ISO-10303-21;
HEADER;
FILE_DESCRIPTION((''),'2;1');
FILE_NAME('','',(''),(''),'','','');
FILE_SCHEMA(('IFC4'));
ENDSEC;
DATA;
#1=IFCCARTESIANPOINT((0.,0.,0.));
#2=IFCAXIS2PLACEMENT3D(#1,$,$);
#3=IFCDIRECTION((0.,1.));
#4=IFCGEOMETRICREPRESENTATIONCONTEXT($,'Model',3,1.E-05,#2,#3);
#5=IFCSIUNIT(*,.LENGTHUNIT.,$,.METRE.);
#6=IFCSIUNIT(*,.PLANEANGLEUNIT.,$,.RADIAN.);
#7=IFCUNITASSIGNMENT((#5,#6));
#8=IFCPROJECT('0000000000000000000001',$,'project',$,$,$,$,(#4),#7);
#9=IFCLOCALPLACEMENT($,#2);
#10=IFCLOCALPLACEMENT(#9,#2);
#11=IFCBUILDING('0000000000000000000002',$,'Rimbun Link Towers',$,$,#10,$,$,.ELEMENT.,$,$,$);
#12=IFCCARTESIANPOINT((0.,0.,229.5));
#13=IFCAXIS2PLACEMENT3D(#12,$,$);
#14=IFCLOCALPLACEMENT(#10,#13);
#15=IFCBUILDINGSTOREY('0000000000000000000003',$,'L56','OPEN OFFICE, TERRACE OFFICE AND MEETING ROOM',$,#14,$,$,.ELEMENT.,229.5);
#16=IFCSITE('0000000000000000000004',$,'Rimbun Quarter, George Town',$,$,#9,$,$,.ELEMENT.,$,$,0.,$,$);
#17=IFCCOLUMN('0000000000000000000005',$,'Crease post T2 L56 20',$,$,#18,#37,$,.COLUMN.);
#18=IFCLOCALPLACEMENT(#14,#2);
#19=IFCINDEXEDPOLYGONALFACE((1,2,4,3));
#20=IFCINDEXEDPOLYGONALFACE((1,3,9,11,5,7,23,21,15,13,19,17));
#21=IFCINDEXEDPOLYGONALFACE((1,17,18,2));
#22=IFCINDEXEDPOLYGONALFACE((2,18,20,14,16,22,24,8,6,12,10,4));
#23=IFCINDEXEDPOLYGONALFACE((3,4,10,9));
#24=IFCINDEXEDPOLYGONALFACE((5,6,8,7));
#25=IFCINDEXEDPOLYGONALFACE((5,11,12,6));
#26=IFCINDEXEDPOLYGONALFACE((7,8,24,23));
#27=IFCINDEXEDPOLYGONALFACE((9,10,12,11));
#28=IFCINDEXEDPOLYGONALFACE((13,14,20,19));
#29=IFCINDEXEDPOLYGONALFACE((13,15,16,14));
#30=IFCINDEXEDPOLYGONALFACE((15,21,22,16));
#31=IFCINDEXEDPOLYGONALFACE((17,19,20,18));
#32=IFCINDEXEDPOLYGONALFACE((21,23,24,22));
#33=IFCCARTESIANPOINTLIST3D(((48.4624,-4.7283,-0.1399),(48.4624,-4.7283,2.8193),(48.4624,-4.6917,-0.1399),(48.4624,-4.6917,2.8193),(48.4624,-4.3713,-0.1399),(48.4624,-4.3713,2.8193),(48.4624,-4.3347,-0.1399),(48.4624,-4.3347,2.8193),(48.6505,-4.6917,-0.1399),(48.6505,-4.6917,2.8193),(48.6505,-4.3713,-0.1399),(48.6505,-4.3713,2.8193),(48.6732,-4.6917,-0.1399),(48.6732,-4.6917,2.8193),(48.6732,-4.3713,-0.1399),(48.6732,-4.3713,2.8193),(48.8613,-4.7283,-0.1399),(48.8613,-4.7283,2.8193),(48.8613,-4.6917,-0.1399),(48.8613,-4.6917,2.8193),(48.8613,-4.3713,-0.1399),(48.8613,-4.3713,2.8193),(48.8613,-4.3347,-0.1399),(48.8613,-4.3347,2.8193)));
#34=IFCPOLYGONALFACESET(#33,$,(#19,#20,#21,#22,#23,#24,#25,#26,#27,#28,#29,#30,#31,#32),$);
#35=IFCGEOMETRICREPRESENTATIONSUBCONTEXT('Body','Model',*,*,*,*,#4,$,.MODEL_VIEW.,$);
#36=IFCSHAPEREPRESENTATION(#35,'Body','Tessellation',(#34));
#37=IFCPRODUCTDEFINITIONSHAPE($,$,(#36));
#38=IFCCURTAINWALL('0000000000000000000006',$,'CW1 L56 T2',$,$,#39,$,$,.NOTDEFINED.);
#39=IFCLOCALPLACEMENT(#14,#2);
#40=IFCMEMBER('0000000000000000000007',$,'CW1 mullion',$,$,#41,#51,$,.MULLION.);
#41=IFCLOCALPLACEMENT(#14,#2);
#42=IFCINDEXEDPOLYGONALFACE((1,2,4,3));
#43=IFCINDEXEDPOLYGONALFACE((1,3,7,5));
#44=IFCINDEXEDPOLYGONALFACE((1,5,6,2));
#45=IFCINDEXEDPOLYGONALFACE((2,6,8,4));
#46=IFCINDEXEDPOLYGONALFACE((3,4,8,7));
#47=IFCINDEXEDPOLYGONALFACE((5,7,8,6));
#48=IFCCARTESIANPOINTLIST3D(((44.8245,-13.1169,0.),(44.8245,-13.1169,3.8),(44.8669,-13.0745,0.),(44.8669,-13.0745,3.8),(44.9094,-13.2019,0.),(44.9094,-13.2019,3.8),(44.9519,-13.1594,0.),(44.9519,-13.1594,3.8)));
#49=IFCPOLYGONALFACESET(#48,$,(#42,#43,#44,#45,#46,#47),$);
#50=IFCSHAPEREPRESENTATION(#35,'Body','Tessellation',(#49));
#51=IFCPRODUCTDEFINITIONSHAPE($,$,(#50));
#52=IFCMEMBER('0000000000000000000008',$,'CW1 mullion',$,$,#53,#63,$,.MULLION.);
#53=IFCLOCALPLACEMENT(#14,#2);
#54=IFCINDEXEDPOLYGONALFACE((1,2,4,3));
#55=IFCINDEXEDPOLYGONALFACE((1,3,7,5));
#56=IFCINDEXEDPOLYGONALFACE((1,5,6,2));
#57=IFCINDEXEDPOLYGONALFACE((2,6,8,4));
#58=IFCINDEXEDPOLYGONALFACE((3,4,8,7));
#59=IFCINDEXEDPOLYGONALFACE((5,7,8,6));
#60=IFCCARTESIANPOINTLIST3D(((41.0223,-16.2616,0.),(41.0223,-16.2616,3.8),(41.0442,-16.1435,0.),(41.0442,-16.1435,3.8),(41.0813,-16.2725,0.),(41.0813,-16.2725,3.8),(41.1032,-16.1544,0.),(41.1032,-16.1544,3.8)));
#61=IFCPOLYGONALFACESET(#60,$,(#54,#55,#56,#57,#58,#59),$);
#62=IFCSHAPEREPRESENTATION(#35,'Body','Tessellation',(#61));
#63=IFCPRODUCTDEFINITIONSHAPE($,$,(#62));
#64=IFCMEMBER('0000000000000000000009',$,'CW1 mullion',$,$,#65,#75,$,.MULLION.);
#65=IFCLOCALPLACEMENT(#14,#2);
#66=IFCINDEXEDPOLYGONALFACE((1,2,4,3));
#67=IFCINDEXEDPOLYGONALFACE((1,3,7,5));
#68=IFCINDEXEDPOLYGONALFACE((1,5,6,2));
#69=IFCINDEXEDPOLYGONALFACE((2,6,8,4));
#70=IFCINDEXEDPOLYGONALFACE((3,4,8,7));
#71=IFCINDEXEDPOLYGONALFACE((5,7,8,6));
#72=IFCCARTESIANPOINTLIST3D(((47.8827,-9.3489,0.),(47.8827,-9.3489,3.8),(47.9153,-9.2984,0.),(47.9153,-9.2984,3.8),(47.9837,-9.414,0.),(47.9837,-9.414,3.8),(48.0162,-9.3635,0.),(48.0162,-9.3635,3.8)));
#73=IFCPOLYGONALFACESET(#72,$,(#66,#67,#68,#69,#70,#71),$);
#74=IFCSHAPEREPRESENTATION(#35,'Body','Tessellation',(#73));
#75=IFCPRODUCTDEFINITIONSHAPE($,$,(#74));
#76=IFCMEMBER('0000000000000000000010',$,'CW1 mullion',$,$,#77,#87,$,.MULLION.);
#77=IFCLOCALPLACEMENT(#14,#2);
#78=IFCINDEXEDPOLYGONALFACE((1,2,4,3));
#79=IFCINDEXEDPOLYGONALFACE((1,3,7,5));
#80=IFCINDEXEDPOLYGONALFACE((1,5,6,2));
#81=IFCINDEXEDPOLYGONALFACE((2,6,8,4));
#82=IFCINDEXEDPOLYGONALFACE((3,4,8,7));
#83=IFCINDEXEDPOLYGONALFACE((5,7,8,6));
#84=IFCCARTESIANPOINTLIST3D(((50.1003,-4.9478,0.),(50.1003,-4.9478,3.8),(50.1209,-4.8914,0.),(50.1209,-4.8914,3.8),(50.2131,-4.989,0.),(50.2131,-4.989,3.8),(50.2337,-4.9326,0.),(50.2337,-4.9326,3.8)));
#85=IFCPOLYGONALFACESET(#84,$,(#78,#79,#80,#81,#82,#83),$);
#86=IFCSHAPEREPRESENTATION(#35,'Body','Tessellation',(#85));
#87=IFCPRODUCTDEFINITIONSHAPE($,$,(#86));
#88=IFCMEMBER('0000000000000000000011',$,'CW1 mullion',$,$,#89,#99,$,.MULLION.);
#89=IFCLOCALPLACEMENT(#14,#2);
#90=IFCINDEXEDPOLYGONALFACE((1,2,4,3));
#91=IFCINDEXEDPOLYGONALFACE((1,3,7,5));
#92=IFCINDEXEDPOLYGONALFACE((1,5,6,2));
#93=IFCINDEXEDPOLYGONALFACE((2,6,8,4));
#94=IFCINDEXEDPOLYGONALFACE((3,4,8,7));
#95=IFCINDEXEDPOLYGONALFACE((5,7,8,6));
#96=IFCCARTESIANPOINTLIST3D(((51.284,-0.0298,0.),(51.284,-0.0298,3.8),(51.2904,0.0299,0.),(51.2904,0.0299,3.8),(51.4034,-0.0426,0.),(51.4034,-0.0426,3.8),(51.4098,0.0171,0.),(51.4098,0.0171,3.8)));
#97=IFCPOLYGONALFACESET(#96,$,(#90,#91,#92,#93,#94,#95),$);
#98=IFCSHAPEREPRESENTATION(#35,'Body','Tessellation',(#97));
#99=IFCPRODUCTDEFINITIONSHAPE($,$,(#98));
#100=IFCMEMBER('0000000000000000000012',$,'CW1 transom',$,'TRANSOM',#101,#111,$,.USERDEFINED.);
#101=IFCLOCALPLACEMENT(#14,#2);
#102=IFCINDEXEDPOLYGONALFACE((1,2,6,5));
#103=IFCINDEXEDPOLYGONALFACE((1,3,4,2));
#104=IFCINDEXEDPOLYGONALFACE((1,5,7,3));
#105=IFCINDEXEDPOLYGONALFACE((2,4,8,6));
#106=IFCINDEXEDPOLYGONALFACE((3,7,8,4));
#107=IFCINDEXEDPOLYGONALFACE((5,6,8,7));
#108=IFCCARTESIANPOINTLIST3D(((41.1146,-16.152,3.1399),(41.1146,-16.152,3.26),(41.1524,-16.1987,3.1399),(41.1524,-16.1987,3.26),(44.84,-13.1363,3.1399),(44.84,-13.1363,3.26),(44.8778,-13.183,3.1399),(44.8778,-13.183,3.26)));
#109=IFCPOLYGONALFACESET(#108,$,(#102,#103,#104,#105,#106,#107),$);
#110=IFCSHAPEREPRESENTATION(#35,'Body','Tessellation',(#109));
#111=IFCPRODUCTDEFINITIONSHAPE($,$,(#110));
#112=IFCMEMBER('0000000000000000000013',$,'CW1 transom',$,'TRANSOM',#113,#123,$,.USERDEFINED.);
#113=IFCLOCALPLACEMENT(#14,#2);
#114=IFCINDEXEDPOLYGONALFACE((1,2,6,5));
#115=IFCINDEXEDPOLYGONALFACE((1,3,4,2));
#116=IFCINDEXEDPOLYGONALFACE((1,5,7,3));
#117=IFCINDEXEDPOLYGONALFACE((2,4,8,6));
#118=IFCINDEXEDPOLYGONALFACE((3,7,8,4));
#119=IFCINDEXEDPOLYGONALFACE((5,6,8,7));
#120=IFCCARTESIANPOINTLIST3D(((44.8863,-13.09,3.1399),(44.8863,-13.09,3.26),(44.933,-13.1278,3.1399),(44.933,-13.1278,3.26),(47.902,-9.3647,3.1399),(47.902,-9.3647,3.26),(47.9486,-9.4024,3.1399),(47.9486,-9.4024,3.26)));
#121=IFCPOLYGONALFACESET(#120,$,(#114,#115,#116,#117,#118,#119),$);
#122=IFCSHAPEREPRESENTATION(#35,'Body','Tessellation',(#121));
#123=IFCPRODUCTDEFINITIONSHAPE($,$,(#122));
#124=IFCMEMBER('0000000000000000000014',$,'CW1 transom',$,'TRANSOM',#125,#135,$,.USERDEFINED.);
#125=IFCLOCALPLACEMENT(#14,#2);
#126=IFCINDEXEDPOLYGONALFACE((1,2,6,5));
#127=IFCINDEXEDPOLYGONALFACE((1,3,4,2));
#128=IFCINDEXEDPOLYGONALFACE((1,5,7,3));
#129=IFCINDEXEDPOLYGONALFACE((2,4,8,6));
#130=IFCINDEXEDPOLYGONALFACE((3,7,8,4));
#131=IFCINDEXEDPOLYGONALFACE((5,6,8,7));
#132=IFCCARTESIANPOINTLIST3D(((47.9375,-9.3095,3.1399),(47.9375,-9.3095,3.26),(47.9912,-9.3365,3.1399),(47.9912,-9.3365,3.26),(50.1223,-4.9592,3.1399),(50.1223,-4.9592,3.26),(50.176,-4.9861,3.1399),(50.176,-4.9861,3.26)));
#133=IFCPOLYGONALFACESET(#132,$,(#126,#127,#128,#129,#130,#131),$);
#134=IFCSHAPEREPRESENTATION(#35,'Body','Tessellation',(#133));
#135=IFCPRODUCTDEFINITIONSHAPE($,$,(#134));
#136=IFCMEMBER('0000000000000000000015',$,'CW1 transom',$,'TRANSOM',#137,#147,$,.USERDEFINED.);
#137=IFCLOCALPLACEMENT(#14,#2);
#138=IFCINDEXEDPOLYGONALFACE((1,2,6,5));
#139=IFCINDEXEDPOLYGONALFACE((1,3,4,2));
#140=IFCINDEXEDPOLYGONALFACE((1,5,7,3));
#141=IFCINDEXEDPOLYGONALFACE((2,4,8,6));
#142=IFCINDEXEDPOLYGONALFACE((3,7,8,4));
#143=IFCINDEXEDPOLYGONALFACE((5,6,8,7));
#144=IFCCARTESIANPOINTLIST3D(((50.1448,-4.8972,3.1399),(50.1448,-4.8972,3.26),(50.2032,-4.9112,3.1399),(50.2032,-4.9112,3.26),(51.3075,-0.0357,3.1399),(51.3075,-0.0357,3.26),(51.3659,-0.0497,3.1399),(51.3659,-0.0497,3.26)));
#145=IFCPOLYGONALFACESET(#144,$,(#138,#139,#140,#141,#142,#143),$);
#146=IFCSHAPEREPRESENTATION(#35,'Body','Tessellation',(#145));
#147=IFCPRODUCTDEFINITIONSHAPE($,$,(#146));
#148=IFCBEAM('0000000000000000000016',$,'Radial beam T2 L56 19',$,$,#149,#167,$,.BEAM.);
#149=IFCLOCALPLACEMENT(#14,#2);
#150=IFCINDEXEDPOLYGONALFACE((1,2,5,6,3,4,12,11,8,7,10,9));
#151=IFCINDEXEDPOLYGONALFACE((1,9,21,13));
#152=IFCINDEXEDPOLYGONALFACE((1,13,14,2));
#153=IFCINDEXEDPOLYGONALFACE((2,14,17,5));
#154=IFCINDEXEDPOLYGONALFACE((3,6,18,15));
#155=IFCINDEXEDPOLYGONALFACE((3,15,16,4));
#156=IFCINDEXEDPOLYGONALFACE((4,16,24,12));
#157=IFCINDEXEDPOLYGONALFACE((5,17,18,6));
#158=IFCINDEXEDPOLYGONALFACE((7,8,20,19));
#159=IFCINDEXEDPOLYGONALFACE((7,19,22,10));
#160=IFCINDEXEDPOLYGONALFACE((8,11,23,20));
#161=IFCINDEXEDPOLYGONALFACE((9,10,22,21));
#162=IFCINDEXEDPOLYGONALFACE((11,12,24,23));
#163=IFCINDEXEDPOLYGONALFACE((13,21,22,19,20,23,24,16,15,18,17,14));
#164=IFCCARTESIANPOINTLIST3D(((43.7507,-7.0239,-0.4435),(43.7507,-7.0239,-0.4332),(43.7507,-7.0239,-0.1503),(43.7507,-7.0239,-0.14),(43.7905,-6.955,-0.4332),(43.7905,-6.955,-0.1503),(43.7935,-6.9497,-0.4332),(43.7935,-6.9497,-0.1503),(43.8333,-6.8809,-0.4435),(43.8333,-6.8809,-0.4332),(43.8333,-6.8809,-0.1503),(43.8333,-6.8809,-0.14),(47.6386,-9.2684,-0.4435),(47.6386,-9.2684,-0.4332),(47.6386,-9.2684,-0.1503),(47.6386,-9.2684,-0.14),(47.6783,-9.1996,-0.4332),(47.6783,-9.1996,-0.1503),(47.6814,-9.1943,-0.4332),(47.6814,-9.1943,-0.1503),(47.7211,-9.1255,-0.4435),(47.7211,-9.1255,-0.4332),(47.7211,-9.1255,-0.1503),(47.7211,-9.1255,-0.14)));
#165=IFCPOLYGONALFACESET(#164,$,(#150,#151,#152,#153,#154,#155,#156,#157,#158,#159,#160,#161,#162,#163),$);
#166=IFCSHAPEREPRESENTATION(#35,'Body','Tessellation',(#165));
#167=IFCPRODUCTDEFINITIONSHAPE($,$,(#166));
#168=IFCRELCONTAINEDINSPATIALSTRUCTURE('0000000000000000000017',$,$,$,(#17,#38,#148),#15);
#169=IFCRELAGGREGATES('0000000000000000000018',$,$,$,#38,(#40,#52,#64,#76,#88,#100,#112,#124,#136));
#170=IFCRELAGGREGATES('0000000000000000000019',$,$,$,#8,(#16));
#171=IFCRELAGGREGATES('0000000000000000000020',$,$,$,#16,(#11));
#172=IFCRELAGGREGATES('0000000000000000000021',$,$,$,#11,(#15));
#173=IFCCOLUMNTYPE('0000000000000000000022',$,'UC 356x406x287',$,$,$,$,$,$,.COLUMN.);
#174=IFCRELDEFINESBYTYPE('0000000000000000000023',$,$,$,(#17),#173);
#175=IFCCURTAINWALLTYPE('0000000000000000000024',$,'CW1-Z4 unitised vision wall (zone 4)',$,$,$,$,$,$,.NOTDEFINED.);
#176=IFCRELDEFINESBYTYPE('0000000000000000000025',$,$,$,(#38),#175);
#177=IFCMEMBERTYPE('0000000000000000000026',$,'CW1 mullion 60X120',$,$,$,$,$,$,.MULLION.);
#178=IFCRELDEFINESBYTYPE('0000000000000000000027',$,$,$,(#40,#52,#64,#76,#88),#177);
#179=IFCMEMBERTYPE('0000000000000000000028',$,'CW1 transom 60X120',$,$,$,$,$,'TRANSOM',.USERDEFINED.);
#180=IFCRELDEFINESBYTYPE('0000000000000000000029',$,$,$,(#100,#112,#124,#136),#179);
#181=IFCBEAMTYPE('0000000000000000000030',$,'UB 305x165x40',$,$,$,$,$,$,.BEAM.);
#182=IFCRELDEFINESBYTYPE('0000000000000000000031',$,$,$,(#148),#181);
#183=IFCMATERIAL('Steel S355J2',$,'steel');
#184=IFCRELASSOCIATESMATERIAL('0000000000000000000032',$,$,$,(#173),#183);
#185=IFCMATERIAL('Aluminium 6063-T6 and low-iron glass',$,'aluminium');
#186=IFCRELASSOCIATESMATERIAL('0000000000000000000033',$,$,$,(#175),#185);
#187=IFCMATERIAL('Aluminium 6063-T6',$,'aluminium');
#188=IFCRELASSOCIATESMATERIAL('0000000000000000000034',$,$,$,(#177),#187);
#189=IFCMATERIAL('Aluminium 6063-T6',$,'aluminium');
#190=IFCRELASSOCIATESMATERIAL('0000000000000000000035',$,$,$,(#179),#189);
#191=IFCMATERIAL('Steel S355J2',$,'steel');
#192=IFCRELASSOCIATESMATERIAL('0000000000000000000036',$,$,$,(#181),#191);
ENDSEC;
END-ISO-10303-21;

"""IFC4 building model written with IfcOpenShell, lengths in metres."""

from ifc_helpers import new_model, si_unit, direction, frame, origin, origin_2d, place, context, subcontext, project, spatial, rectangle, i_section, extrude, material, material_profile, profile_set, type_object, element, aggregate, save


model = new_model("IFC4")

# Units and contexts
model_context = context("Model", 3, precision=1e-05, world=origin(), true_north=direction((0.0, 1.0)))
body_context = subcontext(model_context, "Body", "Model", "MODEL_VIEW")
ifc_project = project(units=[si_unit("LENGTHUNIT", "METRE"), si_unit("PLANEANGLEUNIT", "RADIAN")], contexts=[model_context])

# Site, building, storey
site_placement = place(None, origin())
site = spatial("IfcSite", under=ifc_project, at=site_placement, Name="Rimbun Quarter, George Town", CompositionType="ELEMENT", RefElevation=0.0)
building_placement = place(site_placement, origin())
building = spatial("IfcBuilding", under=site, at=building_placement, Name="Rimbun Link Towers", CompositionType="ELEMENT")
storey_placement = place(building_placement, frame((0.0, 0.0, 229.5)))
storey = spatial("IfcBuildingStorey", under=building, at=storey_placement, Name="L56", Description="OPEN OFFICE, TERRACE OFFICE AND MEETING ROOM", CompositionType="ELEMENT", Elevation=229.5)

# Column
ifc_material_1 = material(Name="Steel S355J2", Category="steel")
ifc_material_profile_1 = material_profile(ifc_material_1, i_section(OverallWidth=0.3989, OverallDepth=0.3936, WebThickness=0.0227, FlangeThickness=0.0366, at=origin_2d()), Name="UC 356x406x287")
ifc_profile_set_1 = profile_set([ifc_material_profile_1], Name="Steel S355J2")
column_type = type_object("IfcColumnType", Name="UC 356x406x287", PredefinedType="COLUMN", material=ifc_profile_set_1)
column_placement = place(storey_placement, frame((48.6619, -4.5315, -0.1399), z_axis=(0.0, 0.0, 1.0), x_axis=(1.0, 0.0, 0.0)))
element("IfcColumn", 1, at=column_placement, inside=storey, type_object=column_type, Name="Crease post T2 L56 20", PredefinedType="COLUMN", context=body_context, shape_type="SweptSolid", body=[
    extrude(i_section(OverallWidth=0.3989, OverallDepth=0.3936, WebThickness=0.0227, FlangeThickness=0.0366, at=origin_2d()), origin(), (0.0, 0.0, 1.0), 2.9592),
])

# Curtain wall, members
ifc_material_2 = material(Name="Aluminium 6063-T6 and low-iron glass", Category="aluminium")
curtain_wall_type = type_object("IfcCurtainWallType", Name="CW1-Z4 unitised vision wall (zone 4)", PredefinedType="NOTDEFINED", material=ifc_material_2)
curtain_wall_placement = place(storey_placement, origin())
curtain_wall = element("IfcCurtainWall", 2, at=curtain_wall_placement, inside=storey, type_object=curtain_wall_type, Name="CW1 L56 T2", PredefinedType="NOTDEFINED")
ifc_material_3 = material(Name="Aluminium 6063-T6", Category="aluminium")
ifc_material_profile_2 = material_profile(ifc_material_3, rectangle(XDim=0.1201, YDim=0.0601, at=origin_2d()), Name="MULLION 60X120")
ifc_profile_set_2 = profile_set([ifc_material_profile_2], Name="Aluminium 6063-T6")
member_type_1 = type_object("IfcMemberType", Name="CW1 mullion 60X120", PredefinedType="MULLION", material=ifc_profile_set_2)
member_1_placement = place(storey_placement, frame((44.8882, -13.1382, 0.0), z_axis=(0.0, 0.0, 1.0), x_axis=(0.707107, -0.707107, 0.0)))
member_1 = element("IfcMember", 3, at=member_1_placement, type_object=member_type_1, Name="CW1 mullion", PredefinedType="MULLION", context=body_context, shape_type="SweptSolid", body=[
    extrude(rectangle(XDim=0.1201, YDim=0.0601, at=origin_2d()), origin(), (0.0, 0.0, 1.0), 3.8),
])
member_2_placement = place(storey_placement, frame((41.0627, -16.208, 0.0), z_axis=(0.0, 0.0, 1.0), x_axis=(-0.182338, -0.983236, 0.0)))
member_2 = element("IfcMember", 4, at=member_2_placement, type_object=member_type_1, Name="CW1 mullion", PredefinedType="MULLION", context=body_context, shape_type="SweptSolid", body=[
    extrude(rectangle(XDim=0.1201, YDim=0.0601, at=origin_2d()), origin(), (0.0, 0.0, 1.0), 3.8),
])
member_3_placement = place(storey_placement, frame((47.9495, -9.3562, 0.0), z_axis=(0.0, 0.0, 1.0), x_axis=(0.840316, -0.542097, 0.0)))
member_3 = element("IfcMember", 5, at=member_3_placement, type_object=member_type_1, Name="CW1 mullion", PredefinedType="MULLION", context=body_context, shape_type="SweptSolid", body=[
    extrude(rectangle(XDim=0.1201, YDim=0.0601, at=origin_2d()), origin(), (0.0, 0.0, 1.0), 3.8),
])
member_4_placement = place(storey_placement, frame((50.167, -4.9402, 0.0), z_axis=(0.0, 0.0, 1.0), x_axis=(0.939348, -0.342964, 0.0)))
member_4 = element("IfcMember", 6, at=member_4_placement, type_object=member_type_1, Name="CW1 mullion", PredefinedType="MULLION", context=body_context, shape_type="SweptSolid", body=[
    extrude(rectangle(XDim=0.1201, YDim=0.0601, at=origin_2d()), origin(), (0.0, 0.0, 1.0), 3.8),
])
member_5_placement = place(storey_placement, frame((51.3469, -0.0063, 0.0), z_axis=(0.0, 0.0, 1.0), x_axis=(0.994298, -0.106637, 0.0)))
member_5 = element("IfcMember", 7, at=member_5_placement, type_object=member_type_1, Name="CW1 mullion", PredefinedType="MULLION", context=body_context, shape_type="SweptSolid", body=[
    extrude(rectangle(XDim=0.1201, YDim=0.0601, at=origin_2d()), origin(), (0.0, 0.0, 1.0), 3.8),
])
ifc_material_4 = material(Name="Aluminium 6063-T6", Category="aluminium")
ifc_material_profile_3 = material_profile(ifc_material_4, rectangle(XDim=0.0601, YDim=0.1201, at=origin_2d()), Name="TRANSOM 60X120")
ifc_profile_set_3 = profile_set([ifc_material_profile_3], Name="Aluminium 6063-T6")
member_type_2 = type_object("IfcMemberType", Name="CW1 transom 60X120", ElementType="TRANSOM", PredefinedType="USERDEFINED", material=ifc_profile_set_3)
member_6_placement = place(storey_placement, frame((44.8589, -13.1597, 3.2), z_axis=(-0.777258, -0.629182, 0.0), x_axis=(0.629182, -0.777258, 0.0)))
member_6 = element("IfcMember", 8, at=member_6_placement, type_object=member_type_2, Name="CW1 transom", ObjectType="TRANSOM", PredefinedType="USERDEFINED", context=body_context, shape_type="SweptSolid", body=[
    extrude(rectangle(XDim=0.0601, YDim=0.1201, at=origin_2d()), origin(), (0.0, 0.0, 1.0), 4.793),
])
member_7_placement = place(storey_placement, frame((47.9253, -9.3835, 3.2), z_axis=(-0.629182, -0.777258, 0.0), x_axis=(0.777258, -0.629182, 0.0)))
member_7 = element("IfcMember", 9, at=member_7_placement, type_object=member_type_2, Name="CW1 transom", ObjectType="TRANSOM", PredefinedType="USERDEFINED", context=body_context, shape_type="SweptSolid", body=[
    extrude(rectangle(XDim=0.0601, YDim=0.1201, at=origin_2d()), origin(), (0.0, 0.0, 1.0), 4.793),
])
member_8_placement = place(storey_placement, frame((50.1492, -4.9727, 3.2), z_axis=(-0.448798, -0.893633, 0.0), x_axis=(0.893633, -0.448798, 0.0)))
member_8 = element("IfcMember", 10, at=member_8_placement, type_object=member_type_2, Name="CW1 transom", ObjectType="TRANSOM", PredefinedType="USERDEFINED", context=body_context, shape_type="SweptSolid", body=[
    extrude(rectangle(XDim=0.0601, YDim=0.1201, at=origin_2d()), origin(), (0.0, 0.0, 1.0), 4.8682),
])
member_9_placement = place(storey_placement, frame((51.3367, -0.0427, 3.2), z_axis=(-0.232593, -0.972574, 0.0), x_axis=(0.972574, -0.232593, 0.0)))
member_9 = element("IfcMember", 11, at=member_9_placement, type_object=member_type_2, Name="CW1 transom", ObjectType="TRANSOM", PredefinedType="USERDEFINED", context=body_context, shape_type="SweptSolid", body=[
    extrude(rectangle(XDim=0.0601, YDim=0.1201, at=origin_2d()), origin(), (0.0, 0.0, 1.0), 4.9985),
])

# Beam
ifc_material_5 = material(Name="Steel S355J2", Category="steel")
ifc_material_profile_4 = material_profile(ifc_material_5, i_section(OverallWidth=0.165, OverallDepth=0.3035, WebThickness=0.0061, FlangeThickness=0.0103, at=origin_2d()), Name="UB 305x165x40")
ifc_profile_set_4 = profile_set([ifc_material_profile_4], Name="Steel S355J2")
beam_type_1 = type_object("IfcBeamType", Name="UB 305x165x40", PredefinedType="BEAM", material=ifc_profile_set_4)
beam_1_placement = place(storey_placement, frame((43.792, -6.9524, -0.2917), z_axis=(0.866033, -0.499988, 0.0), x_axis=(0.499988, 0.866033, 0.0)))
element("IfcBeam", 12, at=beam_1_placement, inside=storey, type_object=beam_type_1, Name="Radial beam T2 L56 19", PredefinedType="BEAM", context=body_context, shape_type="SweptSolid", body=[
    extrude(i_section(OverallWidth=0.165, OverallDepth=0.3035, WebThickness=0.0061, FlangeThickness=0.0103, at=origin_2d()), origin(), (0.0, 0.0, 1.0), 4.4893),
])

aggregate(curtain_wall, [member_1, member_2, member_3, member_4, member_5, member_6, member_7, member_8, member_9])

save(model, "model.ifc")
